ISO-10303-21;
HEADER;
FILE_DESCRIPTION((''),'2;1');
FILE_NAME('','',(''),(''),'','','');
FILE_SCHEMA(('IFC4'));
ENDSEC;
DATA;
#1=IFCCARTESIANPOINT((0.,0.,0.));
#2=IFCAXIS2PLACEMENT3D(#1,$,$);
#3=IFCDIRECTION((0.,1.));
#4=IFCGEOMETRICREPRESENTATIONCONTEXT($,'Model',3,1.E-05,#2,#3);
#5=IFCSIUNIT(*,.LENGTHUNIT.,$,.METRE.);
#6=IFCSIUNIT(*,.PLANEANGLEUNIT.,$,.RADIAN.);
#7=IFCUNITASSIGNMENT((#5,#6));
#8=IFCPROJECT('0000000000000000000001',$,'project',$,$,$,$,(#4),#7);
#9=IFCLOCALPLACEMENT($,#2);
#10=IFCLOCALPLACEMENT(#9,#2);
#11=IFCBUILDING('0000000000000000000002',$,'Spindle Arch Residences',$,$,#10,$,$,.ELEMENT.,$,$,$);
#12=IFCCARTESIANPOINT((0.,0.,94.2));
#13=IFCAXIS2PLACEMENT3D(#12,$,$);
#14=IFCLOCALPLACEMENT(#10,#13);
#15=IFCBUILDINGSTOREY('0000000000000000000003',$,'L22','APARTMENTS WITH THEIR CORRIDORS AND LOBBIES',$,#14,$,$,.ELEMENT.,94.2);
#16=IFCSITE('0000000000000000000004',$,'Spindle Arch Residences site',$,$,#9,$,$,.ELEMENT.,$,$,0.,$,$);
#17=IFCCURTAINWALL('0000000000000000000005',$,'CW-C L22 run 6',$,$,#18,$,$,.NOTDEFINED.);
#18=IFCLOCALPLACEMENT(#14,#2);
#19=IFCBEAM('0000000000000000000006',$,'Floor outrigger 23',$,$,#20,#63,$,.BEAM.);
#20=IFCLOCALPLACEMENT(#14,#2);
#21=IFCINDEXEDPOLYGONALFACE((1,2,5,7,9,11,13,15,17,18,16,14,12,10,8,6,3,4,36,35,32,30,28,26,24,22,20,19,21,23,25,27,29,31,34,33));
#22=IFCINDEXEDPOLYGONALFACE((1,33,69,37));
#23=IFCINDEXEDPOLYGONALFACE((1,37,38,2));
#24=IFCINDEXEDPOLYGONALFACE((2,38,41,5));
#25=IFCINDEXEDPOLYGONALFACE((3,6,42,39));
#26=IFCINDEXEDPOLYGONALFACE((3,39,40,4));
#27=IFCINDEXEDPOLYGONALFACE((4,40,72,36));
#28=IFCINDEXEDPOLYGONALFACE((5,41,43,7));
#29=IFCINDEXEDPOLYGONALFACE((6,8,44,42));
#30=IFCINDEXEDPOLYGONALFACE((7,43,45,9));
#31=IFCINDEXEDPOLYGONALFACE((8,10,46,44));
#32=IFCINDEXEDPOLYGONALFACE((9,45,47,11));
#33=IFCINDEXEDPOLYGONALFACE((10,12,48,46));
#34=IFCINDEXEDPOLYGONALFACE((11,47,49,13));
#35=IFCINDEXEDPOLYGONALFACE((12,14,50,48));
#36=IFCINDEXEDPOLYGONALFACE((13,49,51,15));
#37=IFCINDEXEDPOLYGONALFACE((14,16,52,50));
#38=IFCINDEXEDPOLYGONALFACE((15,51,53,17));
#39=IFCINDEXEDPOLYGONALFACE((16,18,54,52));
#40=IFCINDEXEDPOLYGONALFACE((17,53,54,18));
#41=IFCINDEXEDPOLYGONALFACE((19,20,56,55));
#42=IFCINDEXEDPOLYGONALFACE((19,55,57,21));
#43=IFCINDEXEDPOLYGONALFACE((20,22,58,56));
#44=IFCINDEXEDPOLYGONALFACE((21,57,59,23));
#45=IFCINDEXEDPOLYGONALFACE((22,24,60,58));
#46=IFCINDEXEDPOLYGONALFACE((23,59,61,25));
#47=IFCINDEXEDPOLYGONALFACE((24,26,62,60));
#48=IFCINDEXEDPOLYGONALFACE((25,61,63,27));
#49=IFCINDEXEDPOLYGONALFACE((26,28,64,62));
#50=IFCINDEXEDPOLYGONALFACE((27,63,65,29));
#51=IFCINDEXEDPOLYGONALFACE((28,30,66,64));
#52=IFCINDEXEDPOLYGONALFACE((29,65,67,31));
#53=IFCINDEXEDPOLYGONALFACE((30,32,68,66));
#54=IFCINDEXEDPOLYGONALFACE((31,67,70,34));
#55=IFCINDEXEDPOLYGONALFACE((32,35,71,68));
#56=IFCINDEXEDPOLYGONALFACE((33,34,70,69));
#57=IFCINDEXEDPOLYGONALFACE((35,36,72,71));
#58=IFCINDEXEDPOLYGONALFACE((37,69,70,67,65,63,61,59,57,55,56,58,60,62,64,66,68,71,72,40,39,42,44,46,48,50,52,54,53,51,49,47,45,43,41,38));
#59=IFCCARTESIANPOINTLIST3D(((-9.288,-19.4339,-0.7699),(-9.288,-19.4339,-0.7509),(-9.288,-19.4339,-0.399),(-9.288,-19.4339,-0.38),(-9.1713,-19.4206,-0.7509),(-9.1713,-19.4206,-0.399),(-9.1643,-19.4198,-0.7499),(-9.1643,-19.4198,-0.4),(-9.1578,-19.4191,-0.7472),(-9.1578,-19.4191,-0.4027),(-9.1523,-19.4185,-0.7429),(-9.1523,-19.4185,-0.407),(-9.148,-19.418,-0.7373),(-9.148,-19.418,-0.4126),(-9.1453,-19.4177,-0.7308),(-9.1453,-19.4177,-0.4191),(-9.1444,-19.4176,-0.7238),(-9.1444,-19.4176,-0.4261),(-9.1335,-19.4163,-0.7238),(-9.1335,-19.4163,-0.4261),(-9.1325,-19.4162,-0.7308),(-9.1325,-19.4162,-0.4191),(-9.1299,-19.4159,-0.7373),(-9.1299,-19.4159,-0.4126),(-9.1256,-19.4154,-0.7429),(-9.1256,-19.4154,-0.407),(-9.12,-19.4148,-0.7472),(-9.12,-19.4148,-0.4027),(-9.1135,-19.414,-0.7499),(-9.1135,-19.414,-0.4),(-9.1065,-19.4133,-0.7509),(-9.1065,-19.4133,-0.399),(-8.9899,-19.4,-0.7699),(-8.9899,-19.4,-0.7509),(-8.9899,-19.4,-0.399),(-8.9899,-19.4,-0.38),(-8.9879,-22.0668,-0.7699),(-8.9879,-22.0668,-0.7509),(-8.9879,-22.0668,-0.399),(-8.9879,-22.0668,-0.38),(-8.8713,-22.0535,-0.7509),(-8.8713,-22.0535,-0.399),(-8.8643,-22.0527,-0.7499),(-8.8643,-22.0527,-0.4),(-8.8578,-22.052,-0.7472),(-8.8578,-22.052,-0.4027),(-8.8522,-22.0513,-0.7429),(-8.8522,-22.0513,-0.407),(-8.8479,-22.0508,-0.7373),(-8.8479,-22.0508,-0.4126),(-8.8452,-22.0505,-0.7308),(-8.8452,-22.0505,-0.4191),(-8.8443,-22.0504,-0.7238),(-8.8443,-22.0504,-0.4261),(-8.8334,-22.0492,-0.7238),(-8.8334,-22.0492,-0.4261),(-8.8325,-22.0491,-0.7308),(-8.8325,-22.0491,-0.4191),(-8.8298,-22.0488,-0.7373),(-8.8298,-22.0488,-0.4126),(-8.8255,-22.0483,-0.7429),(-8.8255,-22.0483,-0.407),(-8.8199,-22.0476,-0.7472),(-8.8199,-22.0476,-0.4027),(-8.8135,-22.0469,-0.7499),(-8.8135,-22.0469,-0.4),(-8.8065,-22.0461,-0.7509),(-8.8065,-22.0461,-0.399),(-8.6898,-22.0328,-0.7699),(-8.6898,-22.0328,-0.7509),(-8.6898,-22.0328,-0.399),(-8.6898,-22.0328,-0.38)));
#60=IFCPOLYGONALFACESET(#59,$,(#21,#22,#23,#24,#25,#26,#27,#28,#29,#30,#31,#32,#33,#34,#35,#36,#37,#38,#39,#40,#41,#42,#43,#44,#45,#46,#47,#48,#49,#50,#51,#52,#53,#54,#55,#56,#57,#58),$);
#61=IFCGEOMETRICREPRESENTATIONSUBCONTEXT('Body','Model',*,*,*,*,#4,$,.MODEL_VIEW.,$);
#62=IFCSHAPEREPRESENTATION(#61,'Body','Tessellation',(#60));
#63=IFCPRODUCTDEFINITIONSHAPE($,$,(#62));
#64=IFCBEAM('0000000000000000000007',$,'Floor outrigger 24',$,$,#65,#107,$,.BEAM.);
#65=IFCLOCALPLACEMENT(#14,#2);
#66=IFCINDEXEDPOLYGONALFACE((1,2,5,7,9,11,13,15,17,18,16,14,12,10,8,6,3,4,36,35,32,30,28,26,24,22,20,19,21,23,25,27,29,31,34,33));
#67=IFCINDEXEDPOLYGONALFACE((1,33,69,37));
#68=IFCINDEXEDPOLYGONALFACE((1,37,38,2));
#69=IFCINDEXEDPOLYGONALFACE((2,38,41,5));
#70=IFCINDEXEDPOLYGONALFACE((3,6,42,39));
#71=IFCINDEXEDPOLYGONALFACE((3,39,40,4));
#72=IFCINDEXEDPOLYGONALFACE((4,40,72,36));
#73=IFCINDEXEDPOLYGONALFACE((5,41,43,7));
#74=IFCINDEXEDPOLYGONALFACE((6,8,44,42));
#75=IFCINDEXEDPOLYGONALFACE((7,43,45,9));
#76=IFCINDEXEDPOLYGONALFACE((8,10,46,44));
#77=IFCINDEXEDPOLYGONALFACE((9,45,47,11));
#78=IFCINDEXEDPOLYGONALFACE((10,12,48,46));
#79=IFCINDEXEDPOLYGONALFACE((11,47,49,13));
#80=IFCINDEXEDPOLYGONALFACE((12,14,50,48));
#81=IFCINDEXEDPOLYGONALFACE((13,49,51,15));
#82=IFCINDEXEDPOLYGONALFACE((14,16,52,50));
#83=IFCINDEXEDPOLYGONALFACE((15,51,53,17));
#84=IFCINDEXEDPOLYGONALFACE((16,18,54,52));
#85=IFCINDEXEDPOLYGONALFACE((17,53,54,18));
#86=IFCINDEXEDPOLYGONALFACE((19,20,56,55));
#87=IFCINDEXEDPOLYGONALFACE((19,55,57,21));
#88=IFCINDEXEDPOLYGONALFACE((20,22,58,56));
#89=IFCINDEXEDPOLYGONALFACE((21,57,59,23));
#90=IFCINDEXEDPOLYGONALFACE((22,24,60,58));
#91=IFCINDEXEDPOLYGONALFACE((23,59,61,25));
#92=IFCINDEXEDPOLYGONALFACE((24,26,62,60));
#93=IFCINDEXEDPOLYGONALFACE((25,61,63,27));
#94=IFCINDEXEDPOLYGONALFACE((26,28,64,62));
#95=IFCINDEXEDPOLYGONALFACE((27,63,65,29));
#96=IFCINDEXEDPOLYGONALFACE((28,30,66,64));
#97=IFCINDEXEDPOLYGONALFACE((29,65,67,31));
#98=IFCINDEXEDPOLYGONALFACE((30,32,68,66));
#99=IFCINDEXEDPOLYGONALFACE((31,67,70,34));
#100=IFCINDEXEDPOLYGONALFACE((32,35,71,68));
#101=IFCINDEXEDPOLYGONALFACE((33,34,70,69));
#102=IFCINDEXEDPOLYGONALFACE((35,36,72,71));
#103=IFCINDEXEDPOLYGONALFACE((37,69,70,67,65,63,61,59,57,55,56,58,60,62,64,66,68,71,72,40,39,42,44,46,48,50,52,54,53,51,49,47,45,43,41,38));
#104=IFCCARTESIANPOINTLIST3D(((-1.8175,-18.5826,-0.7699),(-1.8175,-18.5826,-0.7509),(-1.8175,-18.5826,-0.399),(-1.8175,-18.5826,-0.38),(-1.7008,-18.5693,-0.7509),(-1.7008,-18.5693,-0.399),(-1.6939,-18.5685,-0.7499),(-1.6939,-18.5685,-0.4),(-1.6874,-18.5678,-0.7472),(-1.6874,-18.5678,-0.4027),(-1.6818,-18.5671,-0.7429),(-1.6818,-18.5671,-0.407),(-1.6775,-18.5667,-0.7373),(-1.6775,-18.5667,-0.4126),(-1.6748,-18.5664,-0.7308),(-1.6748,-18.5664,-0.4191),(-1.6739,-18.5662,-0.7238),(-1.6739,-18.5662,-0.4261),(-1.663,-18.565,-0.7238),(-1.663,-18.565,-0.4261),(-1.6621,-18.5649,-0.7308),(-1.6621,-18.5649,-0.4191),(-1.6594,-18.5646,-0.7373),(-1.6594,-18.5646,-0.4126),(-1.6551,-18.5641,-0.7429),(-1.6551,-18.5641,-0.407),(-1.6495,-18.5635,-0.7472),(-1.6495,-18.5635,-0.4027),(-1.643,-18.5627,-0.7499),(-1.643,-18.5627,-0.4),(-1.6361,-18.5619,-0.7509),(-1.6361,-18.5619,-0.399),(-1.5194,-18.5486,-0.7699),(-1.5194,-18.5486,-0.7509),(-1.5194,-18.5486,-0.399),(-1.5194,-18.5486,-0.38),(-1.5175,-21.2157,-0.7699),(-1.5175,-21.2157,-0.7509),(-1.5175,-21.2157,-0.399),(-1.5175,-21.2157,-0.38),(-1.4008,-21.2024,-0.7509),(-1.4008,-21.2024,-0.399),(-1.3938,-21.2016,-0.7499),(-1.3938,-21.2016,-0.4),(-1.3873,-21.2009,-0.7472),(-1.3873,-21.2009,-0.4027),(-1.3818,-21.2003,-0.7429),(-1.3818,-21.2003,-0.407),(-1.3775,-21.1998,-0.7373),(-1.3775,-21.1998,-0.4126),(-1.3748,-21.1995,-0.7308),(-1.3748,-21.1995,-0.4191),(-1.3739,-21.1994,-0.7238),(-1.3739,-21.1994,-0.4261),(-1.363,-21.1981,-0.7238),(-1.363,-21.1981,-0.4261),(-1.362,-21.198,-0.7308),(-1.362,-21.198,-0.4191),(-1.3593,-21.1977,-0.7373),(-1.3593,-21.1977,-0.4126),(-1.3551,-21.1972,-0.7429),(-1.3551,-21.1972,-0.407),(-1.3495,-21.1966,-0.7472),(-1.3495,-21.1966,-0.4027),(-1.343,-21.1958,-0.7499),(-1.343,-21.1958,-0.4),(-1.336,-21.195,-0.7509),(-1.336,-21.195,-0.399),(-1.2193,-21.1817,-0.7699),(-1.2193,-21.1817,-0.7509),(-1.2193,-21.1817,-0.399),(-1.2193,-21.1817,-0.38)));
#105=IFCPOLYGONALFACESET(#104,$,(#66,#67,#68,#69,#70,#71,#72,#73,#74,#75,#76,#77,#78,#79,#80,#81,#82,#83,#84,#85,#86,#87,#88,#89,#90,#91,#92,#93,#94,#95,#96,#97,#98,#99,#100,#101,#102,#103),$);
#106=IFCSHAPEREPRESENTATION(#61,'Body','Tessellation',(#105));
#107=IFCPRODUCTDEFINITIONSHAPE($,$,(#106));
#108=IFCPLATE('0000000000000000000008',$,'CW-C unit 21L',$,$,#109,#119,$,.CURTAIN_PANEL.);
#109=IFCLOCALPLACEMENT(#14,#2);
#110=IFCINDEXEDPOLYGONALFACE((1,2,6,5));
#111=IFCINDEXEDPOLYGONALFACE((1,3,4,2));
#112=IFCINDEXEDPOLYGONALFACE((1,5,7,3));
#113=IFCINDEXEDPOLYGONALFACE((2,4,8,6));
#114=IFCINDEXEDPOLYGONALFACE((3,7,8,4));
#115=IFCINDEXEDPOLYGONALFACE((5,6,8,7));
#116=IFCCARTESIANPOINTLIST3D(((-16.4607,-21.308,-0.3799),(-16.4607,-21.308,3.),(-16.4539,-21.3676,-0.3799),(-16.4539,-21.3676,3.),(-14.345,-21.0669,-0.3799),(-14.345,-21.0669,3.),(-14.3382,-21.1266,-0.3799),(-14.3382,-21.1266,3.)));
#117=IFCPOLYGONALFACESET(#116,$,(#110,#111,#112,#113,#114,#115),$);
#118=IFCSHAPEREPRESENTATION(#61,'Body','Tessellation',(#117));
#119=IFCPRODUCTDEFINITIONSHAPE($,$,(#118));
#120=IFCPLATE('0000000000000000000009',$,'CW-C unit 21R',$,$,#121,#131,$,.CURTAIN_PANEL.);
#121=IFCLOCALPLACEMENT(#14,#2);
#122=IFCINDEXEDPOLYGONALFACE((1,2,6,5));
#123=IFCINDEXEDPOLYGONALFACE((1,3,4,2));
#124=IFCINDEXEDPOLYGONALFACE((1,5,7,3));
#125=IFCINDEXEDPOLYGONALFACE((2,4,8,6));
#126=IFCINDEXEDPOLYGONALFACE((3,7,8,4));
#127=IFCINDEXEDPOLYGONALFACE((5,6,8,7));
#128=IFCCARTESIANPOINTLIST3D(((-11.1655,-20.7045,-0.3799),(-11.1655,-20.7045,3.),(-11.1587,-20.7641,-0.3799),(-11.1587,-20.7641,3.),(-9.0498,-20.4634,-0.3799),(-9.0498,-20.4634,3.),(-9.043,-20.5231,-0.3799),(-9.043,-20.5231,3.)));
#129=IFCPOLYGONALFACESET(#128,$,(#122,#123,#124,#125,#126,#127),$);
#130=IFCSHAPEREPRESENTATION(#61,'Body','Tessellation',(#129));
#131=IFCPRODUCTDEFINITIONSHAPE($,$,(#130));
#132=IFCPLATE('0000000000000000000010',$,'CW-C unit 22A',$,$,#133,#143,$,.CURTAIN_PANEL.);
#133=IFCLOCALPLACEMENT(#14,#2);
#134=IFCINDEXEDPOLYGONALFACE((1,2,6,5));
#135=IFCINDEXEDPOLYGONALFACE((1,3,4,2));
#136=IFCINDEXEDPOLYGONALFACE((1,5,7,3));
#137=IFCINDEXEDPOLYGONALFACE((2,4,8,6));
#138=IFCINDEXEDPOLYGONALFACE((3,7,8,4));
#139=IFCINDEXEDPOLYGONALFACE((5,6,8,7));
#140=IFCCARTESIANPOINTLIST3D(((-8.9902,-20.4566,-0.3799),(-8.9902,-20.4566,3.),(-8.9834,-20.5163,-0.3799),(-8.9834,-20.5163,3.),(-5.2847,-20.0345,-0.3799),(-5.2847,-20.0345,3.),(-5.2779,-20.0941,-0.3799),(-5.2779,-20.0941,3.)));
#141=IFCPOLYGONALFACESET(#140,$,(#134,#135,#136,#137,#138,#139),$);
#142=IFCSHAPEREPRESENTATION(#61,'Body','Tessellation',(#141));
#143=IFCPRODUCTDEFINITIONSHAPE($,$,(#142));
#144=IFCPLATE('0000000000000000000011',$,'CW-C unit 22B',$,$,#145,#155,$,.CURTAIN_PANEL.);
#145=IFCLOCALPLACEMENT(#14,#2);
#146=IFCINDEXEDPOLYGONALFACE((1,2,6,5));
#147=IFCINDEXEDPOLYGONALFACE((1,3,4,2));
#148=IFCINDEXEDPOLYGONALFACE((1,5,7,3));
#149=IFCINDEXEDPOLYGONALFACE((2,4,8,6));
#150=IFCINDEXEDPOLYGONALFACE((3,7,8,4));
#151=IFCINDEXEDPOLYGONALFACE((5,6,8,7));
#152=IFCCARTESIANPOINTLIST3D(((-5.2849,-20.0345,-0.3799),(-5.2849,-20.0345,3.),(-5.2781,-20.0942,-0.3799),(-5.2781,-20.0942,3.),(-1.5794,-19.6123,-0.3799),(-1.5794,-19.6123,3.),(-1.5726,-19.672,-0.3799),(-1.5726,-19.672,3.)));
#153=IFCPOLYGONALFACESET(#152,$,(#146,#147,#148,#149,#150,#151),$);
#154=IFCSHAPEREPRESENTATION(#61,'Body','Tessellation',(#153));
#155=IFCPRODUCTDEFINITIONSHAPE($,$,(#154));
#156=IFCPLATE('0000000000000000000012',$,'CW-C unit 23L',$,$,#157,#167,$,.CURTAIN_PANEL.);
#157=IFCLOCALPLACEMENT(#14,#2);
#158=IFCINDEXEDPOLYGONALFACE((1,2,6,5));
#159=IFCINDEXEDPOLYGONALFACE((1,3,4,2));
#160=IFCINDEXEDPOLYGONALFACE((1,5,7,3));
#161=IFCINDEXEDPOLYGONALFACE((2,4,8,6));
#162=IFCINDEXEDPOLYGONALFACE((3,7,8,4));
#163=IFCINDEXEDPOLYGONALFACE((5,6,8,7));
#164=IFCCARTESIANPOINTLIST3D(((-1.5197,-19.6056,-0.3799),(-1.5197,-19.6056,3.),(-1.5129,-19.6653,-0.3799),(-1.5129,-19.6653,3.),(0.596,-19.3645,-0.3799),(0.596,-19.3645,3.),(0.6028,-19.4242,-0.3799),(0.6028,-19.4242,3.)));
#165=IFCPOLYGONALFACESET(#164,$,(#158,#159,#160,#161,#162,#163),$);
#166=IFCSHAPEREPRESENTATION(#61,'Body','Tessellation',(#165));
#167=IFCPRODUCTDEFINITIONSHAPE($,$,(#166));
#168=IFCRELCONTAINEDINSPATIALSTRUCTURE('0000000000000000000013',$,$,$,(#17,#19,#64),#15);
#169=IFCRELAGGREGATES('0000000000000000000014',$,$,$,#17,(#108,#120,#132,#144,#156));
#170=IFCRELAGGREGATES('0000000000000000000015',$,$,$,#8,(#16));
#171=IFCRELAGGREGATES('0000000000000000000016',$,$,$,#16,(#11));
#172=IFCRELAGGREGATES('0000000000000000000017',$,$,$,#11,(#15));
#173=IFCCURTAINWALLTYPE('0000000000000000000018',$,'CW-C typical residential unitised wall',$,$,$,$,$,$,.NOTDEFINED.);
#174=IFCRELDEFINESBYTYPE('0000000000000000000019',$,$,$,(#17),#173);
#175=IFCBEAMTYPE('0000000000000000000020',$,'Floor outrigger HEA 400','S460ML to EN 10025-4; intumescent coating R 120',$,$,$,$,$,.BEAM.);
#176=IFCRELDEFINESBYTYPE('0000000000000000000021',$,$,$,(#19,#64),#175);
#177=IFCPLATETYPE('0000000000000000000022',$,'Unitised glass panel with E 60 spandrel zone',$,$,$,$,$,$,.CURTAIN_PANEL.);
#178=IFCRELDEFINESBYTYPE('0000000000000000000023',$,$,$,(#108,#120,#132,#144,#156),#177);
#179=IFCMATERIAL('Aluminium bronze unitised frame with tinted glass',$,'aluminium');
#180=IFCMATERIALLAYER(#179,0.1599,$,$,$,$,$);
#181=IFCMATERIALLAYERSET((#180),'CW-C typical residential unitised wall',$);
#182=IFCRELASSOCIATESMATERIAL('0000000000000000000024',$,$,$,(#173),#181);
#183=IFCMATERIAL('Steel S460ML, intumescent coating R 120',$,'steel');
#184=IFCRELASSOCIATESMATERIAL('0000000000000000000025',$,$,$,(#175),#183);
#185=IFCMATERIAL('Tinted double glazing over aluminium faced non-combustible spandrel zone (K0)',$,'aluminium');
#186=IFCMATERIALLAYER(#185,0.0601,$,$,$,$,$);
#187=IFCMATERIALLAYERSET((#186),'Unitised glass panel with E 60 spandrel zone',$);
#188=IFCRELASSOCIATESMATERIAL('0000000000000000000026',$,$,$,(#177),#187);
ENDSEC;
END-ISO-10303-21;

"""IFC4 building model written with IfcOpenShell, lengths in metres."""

from ifc_helpers import new_model, si_unit, direction, frame, origin, origin_2d, place, context, subcontext, project, spatial, rectangle, i_section, extrude, material, layer, layer_set, material_profile, profile_set, type_object, element, aggregate, save


model = new_model("IFC4")

# Units and contexts
model_context = context("Model", 3, precision=1e-05, world=origin(), true_north=direction((0.0, 1.0)))
body_context = subcontext(model_context, "Body", "Model", "MODEL_VIEW")
ifc_project = project(units=[si_unit("LENGTHUNIT", "METRE"), si_unit("PLANEANGLEUNIT", "RADIAN")], contexts=[model_context])

# Site, building, storey
site_placement = place(None, origin())
site = spatial("IfcSite", under=ifc_project, at=site_placement, Name="Spindle Arch Residences site", CompositionType="ELEMENT", RefElevation=0.0)
building_placement = place(site_placement, origin())
building = spatial("IfcBuilding", under=site, at=building_placement, Name="Spindle Arch Residences", CompositionType="ELEMENT")
storey_placement = place(building_placement, frame((0.0, 0.0, 94.2)))
storey = spatial("IfcBuildingStorey", under=building, at=storey_placement, Name="L22", Description="APARTMENTS WITH THEIR CORRIDORS AND LOBBIES", CompositionType="ELEMENT", Elevation=94.2)

# Curtain wall
ifc_material_1 = material(Name="Aluminium bronze unitised frame with tinted glass", Category="aluminium")
ifc_layer_1 = layer(ifc_material_1, 0.1599)
ifc_layer_set_1 = layer_set([ifc_layer_1], Name="CW-C typical residential unitised wall")
curtain_wall_type = type_object("IfcCurtainWallType", Name="CW-C typical residential unitised wall", PredefinedType="NOTDEFINED", material=ifc_layer_set_1)
curtain_wall_placement = place(storey_placement, origin())
curtain_wall = element("IfcCurtainWall", 1, at=curtain_wall_placement, inside=storey, type_object=curtain_wall_type, Name="CW-C L22 run 6", PredefinedType="NOTDEFINED")

# Beams
ifc_material_2 = material(Name="Steel S460ML, intumescent coating R 120", Category="steel")
ifc_material_profile_1 = material_profile(ifc_material_2, i_section(OverallWidth=0.3, OverallDepth=0.3899, WebThickness=0.011, FlangeThickness=0.019, FilletRadius=0.0271, at=origin_2d()), Name="HEA 400")
ifc_profile_set_1 = profile_set([ifc_material_profile_1], Name="Steel S460ML, intumescent coating R 120")
beam_type_1 = type_object("IfcBeamType", Name="Floor outrigger HEA 400", Description="S460ML to EN 10025-4; intumescent coating R 120", PredefinedType="BEAM", material=ifc_profile_set_1)
beam_1_placement = place(storey_placement, frame((-8.8389, -22.0498, -0.575), z_axis=(-0.113232, 0.993569, 0.0), x_axis=(-0.993569, -0.113232, 0.0)))
element("IfcBeam", 2, at=beam_1_placement, inside=storey, type_object=beam_type_1, Name="Floor outrigger 23", PredefinedType="BEAM", context=body_context, shape_type="SweptSolid", body=[
    extrude(i_section(OverallWidth=0.3, OverallDepth=0.3899, WebThickness=0.011, FlangeThickness=0.019, FilletRadius=0.0271, at=origin_2d()), origin(), (0.0, 0.0, 1.0), 2.6499),
])
beam_2_placement = place(storey_placement, frame((-1.3684, -21.1987, -0.575), z_axis=(-0.113222, 0.99357, 0.0), x_axis=(-0.99357, -0.113222, 0.0)))
element("IfcBeam", 3, at=beam_2_placement, inside=storey, type_object=beam_type_1, Name="Floor outrigger 24", PredefinedType="BEAM", context=body_context, shape_type="SweptSolid", body=[
    extrude(i_section(OverallWidth=0.3, OverallDepth=0.3899, WebThickness=0.011, FlangeThickness=0.019, FilletRadius=0.0271, at=origin_2d()), origin(), (0.0, 0.0, 1.0), 2.6501),
])

# Plates
ifc_material_3 = material(Name="Tinted double glazing over aluminium faced non-combustible spandrel zone (K0)", Category="aluminium")
ifc_layer_2 = layer(ifc_material_3, 0.0601)
ifc_layer_set_2 = layer_set([ifc_layer_2], Name="Unitised glass panel with E 60 spandrel zone")
plate_type = type_object("IfcPlateType", Name="Unitised glass panel with E 60 spandrel zone", PredefinedType="CURTAIN_PANEL", material=ifc_layer_set_2)
plate_1_placement = place(storey_placement, frame((-15.3994, -21.2173, -0.3799), z_axis=(0.0, 0.0, 1.0), x_axis=(0.993572, 0.113203, 0.0)))
plate_1 = element("IfcPlate", 4, at=plate_1_placement, type_object=plate_type, Name="CW-C unit 21L", PredefinedType="CURTAIN_PANEL", context=body_context, shape_type="SweptSolid", body=[
    extrude(rectangle(XDim=2.1294, YDim=0.0601, at=origin_2d()), origin(), (0.0, 0.0, 1.0), 3.3799),
])
plate_2_placement = place(storey_placement, frame((-10.1042, -20.6138, -0.3799), z_axis=(0.0, 0.0, 1.0), x_axis=(0.993572, 0.113203, 0.0)))
plate_2 = element("IfcPlate", 5, at=plate_2_placement, type_object=plate_type, Name="CW-C unit 21R", PredefinedType="CURTAIN_PANEL", context=body_context, shape_type="SweptSolid", body=[
    extrude(rectangle(XDim=2.1294, YDim=0.0601, at=origin_2d()), origin(), (0.0, 0.0, 1.0), 3.3799),
])
plate_3_placement = place(storey_placement, frame((-7.134, -20.2754, -0.3799), z_axis=(0.0, 0.0, 1.0), x_axis=(0.993572, 0.113203, 0.0)))
plate_3 = element("IfcPlate", 6, at=plate_3_placement, type_object=plate_type, Name="CW-C unit 22A", PredefinedType="CURTAIN_PANEL", context=body_context, shape_type="SweptSolid", body=[
    extrude(rectangle(XDim=3.7295, YDim=0.0601, at=origin_2d()), origin(), (0.0, 0.0, 1.0), 3.3799),
])
plate_4_placement = place(storey_placement, frame((-3.4287, -19.8533, -0.3799), z_axis=(0.0, 0.0, 1.0), x_axis=(0.993572, 0.113203, 0.0)))
plate_4 = element("IfcPlate", 7, at=plate_4_placement, type_object=plate_type, Name="CW-C unit 22B", PredefinedType="CURTAIN_PANEL", context=body_context, shape_type="SweptSolid", body=[
    extrude(rectangle(XDim=3.7295, YDim=0.0601, at=origin_2d()), origin(), (0.0, 0.0, 1.0), 3.3799),
])
plate_5_placement = place(storey_placement, frame((-0.4585, -19.5149, -0.3799), z_axis=(0.0, 0.0, 1.0), x_axis=(0.993572, 0.113203, 0.0)))
plate_5 = element("IfcPlate", 8, at=plate_5_placement, type_object=plate_type, Name="CW-C unit 23L", PredefinedType="CURTAIN_PANEL", context=body_context, shape_type="SweptSolid", body=[
    extrude(rectangle(XDim=2.1294, YDim=0.0601, at=origin_2d()), origin(), (0.0, 0.0, 1.0), 3.3799),
])
aggregate(curtain_wall, [plate_1, plate_2, plate_3, plate_4, plate_5])

save(model, "model.ifc")
